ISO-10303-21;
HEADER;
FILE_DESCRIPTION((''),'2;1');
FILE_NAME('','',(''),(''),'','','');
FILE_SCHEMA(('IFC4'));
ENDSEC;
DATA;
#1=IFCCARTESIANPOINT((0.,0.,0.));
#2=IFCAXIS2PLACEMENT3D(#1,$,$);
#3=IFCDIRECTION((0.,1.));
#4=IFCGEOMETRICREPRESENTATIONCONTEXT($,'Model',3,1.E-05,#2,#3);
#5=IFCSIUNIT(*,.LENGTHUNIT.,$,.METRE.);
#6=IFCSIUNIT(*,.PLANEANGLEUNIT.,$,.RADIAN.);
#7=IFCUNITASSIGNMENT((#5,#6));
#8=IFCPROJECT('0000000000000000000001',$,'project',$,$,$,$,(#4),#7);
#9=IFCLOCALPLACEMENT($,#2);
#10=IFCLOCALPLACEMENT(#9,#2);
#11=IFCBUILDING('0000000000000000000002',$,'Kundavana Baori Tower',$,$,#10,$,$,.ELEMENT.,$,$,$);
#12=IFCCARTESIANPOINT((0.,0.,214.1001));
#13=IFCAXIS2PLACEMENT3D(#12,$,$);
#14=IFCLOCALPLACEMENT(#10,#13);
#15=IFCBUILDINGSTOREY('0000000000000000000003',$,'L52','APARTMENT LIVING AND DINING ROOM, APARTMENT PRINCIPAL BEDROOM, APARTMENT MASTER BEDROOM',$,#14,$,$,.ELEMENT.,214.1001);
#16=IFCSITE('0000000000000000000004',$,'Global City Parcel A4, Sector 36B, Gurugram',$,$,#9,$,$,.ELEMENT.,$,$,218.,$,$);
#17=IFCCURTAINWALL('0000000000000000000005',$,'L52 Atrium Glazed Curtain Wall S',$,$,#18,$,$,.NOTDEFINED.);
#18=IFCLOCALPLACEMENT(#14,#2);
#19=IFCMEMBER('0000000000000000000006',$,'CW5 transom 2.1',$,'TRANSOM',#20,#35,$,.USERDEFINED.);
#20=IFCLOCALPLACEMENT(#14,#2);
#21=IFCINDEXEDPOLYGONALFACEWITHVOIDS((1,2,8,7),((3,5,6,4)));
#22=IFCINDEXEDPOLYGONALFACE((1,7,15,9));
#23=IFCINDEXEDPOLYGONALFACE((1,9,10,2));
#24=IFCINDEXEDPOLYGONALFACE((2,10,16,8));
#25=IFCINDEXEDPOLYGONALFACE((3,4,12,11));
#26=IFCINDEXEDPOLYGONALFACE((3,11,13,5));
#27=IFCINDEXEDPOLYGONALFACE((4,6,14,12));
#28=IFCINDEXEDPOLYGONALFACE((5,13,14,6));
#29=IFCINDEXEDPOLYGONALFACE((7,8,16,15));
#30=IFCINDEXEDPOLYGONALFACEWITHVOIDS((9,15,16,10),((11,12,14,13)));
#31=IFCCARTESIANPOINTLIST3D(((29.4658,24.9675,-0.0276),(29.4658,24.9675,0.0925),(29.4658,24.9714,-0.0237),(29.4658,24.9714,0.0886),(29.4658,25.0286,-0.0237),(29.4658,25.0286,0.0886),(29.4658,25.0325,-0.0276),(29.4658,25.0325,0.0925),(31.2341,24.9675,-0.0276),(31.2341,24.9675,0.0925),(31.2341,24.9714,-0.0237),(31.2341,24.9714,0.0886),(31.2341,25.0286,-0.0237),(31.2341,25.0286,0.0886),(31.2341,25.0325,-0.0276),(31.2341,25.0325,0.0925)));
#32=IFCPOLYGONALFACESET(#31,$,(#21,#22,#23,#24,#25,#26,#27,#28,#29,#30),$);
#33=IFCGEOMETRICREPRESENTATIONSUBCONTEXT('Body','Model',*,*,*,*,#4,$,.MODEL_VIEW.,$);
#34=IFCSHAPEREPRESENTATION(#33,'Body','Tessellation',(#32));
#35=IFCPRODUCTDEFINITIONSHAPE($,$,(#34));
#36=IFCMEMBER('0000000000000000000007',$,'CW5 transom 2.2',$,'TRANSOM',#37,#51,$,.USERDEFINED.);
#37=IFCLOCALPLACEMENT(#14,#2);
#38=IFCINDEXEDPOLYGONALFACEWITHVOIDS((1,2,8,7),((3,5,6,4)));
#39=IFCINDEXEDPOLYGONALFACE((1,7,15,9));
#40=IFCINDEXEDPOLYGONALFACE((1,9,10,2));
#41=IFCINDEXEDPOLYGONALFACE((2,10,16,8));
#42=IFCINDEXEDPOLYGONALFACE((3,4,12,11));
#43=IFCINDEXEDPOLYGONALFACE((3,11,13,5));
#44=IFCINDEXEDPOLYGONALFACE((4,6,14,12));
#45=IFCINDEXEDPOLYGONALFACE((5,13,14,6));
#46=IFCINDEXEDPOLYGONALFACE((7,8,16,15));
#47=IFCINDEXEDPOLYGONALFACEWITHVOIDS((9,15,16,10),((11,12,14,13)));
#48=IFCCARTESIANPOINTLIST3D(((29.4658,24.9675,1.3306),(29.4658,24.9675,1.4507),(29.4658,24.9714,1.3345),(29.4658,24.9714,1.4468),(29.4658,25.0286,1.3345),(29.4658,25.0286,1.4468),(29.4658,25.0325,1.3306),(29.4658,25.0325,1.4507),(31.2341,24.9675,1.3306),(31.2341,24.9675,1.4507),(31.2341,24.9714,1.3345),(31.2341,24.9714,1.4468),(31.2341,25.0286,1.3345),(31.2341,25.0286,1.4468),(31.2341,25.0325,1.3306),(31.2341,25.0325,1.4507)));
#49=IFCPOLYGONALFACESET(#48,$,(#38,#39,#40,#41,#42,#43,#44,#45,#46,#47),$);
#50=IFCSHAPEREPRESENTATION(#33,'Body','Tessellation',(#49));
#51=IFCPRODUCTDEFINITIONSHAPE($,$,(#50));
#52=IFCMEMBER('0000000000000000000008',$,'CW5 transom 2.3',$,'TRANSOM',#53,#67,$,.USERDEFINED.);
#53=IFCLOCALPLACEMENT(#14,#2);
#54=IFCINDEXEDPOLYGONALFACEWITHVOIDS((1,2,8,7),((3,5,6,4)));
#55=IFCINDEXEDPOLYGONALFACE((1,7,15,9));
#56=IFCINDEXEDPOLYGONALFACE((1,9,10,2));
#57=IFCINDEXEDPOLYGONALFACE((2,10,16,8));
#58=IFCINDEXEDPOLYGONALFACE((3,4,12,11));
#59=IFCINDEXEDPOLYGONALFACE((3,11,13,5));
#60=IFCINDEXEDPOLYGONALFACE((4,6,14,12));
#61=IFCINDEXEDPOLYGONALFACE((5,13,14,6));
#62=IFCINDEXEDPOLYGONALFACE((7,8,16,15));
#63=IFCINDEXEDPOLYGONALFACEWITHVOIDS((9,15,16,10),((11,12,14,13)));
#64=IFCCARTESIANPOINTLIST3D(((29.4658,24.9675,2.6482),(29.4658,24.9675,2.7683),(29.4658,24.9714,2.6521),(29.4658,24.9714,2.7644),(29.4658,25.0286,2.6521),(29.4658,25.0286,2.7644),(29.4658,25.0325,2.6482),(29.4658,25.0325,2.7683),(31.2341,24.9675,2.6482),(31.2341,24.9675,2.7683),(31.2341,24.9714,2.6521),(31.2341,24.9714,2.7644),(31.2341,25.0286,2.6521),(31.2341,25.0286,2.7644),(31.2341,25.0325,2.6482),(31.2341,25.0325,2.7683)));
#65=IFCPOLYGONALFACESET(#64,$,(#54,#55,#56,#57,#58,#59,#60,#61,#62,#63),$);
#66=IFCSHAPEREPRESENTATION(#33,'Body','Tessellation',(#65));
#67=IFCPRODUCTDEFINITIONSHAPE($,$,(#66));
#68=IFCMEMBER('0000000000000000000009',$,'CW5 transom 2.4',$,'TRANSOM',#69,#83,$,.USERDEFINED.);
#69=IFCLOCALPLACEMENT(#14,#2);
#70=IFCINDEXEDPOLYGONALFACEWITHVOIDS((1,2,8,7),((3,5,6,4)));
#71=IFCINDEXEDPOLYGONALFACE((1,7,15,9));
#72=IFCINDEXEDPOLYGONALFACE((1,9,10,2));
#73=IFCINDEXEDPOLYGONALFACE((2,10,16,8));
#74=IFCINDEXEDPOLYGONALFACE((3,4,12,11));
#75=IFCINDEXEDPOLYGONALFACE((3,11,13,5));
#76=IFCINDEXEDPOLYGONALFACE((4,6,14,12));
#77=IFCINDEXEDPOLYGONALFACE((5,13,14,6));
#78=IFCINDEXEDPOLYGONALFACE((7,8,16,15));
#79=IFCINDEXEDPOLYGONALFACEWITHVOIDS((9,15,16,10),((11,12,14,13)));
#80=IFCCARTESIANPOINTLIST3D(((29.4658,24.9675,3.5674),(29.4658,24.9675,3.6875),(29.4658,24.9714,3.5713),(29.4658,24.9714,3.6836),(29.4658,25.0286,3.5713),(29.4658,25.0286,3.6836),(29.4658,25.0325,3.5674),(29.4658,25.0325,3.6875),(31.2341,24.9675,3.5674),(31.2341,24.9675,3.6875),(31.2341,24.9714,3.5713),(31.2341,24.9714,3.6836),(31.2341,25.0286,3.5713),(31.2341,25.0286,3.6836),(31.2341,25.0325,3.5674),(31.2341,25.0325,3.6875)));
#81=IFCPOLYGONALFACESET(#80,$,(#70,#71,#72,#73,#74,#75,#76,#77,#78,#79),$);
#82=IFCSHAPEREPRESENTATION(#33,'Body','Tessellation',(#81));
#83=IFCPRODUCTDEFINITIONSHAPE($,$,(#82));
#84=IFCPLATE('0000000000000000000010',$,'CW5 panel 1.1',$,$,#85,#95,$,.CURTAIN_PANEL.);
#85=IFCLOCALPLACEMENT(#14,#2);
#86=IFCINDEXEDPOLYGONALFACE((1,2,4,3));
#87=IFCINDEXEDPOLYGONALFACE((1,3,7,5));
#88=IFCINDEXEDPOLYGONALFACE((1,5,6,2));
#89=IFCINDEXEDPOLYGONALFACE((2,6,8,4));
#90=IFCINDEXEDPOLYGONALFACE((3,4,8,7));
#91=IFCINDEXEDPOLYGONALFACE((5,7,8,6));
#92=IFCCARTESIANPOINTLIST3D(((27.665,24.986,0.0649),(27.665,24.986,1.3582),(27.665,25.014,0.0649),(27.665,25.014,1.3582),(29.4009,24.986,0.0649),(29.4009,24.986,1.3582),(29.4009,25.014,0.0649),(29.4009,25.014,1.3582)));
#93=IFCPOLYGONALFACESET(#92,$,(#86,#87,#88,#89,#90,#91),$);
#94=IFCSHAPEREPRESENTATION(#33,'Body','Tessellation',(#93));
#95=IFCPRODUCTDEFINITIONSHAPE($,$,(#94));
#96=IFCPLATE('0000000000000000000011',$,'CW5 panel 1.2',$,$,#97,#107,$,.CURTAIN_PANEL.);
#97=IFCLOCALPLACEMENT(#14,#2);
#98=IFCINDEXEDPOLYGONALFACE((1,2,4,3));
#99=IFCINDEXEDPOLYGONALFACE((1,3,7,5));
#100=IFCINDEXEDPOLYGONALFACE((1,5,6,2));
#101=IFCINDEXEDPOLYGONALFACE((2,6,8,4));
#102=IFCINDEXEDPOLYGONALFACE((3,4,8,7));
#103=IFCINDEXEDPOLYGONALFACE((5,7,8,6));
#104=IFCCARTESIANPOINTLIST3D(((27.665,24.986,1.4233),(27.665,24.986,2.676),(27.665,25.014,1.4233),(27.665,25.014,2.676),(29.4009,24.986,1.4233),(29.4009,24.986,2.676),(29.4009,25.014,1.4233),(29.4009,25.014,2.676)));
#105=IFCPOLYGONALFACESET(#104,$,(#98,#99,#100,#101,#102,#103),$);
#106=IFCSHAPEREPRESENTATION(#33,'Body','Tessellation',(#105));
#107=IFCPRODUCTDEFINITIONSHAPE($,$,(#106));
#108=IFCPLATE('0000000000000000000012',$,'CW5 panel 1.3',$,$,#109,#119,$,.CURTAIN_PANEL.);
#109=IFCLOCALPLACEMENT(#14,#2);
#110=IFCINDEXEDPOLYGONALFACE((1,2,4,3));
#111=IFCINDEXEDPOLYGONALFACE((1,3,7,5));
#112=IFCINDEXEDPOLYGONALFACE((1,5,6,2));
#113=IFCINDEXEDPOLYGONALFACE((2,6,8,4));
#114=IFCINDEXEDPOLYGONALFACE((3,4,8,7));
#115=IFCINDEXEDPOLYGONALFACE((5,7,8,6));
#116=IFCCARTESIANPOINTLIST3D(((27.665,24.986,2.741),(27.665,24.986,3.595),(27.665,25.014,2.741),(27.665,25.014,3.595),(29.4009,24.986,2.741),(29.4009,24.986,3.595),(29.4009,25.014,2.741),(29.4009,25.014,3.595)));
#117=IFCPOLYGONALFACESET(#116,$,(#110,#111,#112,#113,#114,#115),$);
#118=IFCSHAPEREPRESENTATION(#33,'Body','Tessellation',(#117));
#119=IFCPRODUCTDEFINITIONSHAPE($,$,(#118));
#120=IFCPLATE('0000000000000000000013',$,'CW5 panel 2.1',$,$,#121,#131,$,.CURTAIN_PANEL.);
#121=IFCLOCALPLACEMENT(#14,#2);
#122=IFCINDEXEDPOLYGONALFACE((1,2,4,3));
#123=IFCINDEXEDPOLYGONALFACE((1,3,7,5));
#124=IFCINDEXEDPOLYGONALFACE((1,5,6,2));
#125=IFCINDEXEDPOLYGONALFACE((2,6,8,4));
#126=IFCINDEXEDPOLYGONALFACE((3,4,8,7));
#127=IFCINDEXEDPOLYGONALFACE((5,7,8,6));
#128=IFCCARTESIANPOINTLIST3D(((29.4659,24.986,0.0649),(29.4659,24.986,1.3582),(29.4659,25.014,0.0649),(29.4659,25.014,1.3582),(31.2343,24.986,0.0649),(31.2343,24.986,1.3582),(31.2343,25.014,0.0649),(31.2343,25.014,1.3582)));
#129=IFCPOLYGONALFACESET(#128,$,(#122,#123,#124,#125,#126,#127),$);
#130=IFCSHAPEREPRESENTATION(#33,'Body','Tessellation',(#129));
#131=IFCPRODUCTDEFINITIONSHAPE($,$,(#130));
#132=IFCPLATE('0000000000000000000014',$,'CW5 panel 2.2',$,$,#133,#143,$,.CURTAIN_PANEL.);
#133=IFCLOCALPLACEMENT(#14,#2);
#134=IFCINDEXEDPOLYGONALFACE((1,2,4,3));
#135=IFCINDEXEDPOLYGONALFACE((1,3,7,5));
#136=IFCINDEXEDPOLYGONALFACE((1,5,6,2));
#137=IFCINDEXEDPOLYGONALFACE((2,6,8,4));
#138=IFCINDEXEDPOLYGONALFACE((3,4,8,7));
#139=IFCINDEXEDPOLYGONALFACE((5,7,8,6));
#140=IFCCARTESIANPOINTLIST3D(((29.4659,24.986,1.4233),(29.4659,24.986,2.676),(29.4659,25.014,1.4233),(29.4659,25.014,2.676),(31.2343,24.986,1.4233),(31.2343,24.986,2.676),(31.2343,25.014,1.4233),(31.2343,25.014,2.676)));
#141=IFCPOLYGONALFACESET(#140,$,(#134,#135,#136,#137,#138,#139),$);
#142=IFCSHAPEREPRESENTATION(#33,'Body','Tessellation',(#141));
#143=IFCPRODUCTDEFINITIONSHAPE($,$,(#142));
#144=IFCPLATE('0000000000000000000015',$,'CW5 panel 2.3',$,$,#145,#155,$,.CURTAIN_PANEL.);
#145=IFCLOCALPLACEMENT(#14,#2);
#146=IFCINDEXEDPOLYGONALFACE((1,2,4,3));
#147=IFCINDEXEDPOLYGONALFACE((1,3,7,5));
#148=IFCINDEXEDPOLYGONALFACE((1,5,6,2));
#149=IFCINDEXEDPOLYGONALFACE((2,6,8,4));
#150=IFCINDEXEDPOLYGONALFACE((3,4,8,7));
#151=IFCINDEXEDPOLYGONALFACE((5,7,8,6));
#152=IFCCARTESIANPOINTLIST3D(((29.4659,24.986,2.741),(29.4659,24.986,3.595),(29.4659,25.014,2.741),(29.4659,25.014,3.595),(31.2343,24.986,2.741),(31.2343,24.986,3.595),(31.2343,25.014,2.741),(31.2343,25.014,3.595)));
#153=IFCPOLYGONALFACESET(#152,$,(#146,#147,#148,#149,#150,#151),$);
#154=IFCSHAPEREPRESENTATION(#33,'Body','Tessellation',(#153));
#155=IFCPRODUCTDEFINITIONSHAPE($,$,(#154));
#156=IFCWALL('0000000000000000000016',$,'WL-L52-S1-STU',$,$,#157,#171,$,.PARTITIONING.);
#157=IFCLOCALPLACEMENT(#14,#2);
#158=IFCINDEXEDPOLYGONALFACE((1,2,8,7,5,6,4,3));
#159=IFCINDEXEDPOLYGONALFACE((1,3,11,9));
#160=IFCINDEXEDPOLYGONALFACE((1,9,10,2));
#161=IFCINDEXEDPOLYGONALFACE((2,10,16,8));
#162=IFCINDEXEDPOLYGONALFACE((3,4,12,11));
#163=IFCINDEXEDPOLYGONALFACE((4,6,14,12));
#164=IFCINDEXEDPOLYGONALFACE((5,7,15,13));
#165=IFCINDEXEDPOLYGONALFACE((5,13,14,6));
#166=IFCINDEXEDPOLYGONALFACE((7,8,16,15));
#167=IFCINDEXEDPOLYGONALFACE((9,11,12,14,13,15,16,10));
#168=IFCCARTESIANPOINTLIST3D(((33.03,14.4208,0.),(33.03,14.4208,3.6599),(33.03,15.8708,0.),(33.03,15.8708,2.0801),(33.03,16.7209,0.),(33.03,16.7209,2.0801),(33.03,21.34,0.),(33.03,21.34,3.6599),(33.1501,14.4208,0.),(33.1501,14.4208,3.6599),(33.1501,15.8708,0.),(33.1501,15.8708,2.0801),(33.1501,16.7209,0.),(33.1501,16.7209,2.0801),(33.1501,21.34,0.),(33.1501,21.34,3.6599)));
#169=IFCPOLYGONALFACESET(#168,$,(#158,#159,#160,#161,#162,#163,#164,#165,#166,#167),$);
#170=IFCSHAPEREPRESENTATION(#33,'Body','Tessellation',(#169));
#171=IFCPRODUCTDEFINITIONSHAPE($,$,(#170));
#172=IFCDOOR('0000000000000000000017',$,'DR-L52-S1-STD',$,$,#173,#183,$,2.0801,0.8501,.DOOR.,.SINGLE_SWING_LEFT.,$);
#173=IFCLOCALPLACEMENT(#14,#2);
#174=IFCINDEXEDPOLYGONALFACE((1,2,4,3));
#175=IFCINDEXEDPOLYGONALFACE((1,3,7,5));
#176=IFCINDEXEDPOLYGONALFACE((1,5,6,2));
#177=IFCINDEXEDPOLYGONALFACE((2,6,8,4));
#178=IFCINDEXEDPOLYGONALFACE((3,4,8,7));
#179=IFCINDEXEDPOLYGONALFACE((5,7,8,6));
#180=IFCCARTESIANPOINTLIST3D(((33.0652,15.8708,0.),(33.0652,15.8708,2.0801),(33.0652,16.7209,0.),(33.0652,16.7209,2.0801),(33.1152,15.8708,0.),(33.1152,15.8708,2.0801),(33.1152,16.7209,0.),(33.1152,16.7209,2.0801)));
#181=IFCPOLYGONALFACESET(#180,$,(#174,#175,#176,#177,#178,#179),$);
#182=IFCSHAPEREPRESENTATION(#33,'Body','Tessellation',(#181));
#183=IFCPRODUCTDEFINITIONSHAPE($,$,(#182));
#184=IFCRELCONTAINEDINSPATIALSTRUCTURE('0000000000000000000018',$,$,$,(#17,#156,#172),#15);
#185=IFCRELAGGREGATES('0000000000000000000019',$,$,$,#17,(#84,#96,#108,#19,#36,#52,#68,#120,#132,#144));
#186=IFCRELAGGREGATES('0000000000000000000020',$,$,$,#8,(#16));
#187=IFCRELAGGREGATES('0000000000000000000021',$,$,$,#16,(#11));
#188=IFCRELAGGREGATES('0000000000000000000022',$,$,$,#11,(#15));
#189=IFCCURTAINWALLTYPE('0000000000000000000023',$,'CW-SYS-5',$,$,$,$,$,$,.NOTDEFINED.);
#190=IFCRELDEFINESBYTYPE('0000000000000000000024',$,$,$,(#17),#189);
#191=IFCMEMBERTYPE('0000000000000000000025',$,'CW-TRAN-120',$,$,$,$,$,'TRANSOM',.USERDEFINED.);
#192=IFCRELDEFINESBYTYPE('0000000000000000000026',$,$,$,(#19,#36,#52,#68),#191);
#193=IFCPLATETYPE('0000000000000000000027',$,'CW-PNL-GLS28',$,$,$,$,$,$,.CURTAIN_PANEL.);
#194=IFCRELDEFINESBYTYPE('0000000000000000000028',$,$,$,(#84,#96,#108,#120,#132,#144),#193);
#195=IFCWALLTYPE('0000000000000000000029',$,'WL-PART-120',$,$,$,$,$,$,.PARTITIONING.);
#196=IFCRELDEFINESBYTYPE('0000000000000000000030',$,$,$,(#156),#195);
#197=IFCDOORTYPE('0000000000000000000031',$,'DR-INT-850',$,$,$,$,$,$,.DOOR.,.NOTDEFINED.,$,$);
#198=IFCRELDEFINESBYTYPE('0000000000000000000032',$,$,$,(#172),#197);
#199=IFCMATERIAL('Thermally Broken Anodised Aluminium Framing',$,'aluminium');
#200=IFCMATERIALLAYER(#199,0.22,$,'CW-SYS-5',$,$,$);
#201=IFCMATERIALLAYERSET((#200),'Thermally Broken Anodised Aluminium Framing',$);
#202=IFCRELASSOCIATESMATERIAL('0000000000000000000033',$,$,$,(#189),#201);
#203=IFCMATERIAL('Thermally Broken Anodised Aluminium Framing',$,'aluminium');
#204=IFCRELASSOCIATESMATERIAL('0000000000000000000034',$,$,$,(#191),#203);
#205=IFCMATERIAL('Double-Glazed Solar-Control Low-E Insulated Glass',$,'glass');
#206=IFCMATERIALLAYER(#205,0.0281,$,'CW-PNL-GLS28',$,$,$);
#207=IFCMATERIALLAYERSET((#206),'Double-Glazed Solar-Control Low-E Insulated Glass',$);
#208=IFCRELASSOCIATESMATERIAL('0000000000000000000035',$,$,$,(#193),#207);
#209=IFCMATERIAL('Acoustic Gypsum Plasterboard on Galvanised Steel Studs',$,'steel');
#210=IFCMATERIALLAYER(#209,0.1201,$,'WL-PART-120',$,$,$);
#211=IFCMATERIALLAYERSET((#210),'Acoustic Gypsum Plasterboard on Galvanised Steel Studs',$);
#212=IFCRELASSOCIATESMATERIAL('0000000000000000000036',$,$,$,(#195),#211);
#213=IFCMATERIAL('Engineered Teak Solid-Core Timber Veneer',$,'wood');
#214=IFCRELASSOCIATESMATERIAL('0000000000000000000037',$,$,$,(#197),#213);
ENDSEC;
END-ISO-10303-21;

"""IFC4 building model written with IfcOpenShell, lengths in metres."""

from ifc_helpers import new_model, si_unit, direction, frame, frame_2d, origin, origin_2d, place, context, subcontext, project, spatial, rectangle, hollow_rectangle, extrude, material, layer, layer_set, material_profile, profile_set, type_object, element, fill, aggregate, save


model = new_model("IFC4")

# Units and contexts
model_context = context("Model", 3, precision=1e-05, world=origin(), true_north=direction((0.0, 1.0)))
body_context = subcontext(model_context, "Body", "Model", "MODEL_VIEW")
ifc_project = project(units=[si_unit("LENGTHUNIT", "METRE"), si_unit("PLANEANGLEUNIT", "RADIAN")], contexts=[model_context])

# Site, building, storey
site_placement = place(None, origin())
site = spatial("IfcSite", under=ifc_project, at=site_placement, Name="Global City Parcel A4, Sector 36B, Gurugram", CompositionType="ELEMENT", RefElevation=218.0)
building_placement = place(site_placement, origin())
building = spatial("IfcBuilding", under=site, at=building_placement, Name="Kundavana Baori Tower", CompositionType="ELEMENT")
storey_placement = place(building_placement, frame((0.0, 0.0, 214.1001)))
storey = spatial("IfcBuildingStorey", under=building, at=storey_placement, Name="L52", Description="APARTMENT LIVING AND DINING ROOM, APARTMENT PRINCIPAL BEDROOM, APARTMENT MASTER BEDROOM", CompositionType="ELEMENT", Elevation=214.1001)

# Curtain wall, members, plates
ifc_material_1 = material(Name="Thermally Broken Anodised Aluminium Framing", Category="aluminium")
ifc_layer_1 = layer(ifc_material_1, 0.22, Name="CW-SYS-5")
ifc_layer_set_1 = layer_set([ifc_layer_1], Name="Thermally Broken Anodised Aluminium Framing")
curtain_wall_type = type_object("IfcCurtainWallType", Name="CW-SYS-5", PredefinedType="NOTDEFINED", material=ifc_layer_set_1)
curtain_wall_placement = place(storey_placement, origin())
curtain_wall = element("IfcCurtainWall", 1, at=curtain_wall_placement, inside=storey, type_object=curtain_wall_type, Name="L52 Atrium Glazed Curtain Wall S", PredefinedType="NOTDEFINED")
ifc_material_2 = material(Name="Thermally Broken Anodised Aluminium Framing", Category="aluminium")
ifc_material_profile_1 = material_profile(ifc_material_2, hollow_rectangle(XDim=0.0649, YDim=0.1201, WallThickness=0.0039, at=origin_2d()), Name="CW-TRAN-120")
ifc_profile_set_1 = profile_set([ifc_material_profile_1], Name="Thermally Broken Anodised Aluminium Framing")
member_type_1 = type_object("IfcMemberType", Name="CW-TRAN-120", ElementType="TRANSOM", PredefinedType="USERDEFINED", material=ifc_profile_set_1)
member_1_placement = place(storey_placement, frame((29.4658, 25.0, 0.0325), z_axis=(1.0, 0.0, 0.0), x_axis=(0.0, 1.0, 0.0)))
member_1 = element("IfcMember", 2, at=member_1_placement, type_object=member_type_1, Name="CW5 transom 2.1", ObjectType="TRANSOM", PredefinedType="USERDEFINED", context=body_context, shape_type="SweptSolid", body=[
    extrude(hollow_rectangle(XDim=0.0649, YDim=0.1201, WallThickness=0.0039, at=origin_2d()), origin(), (0.0, 0.0, 1.0), 1.7683),
])
member_2_placement = place(storey_placement, frame((29.4658, 25.0, 1.3906), z_axis=(1.0, 0.0, 0.0), x_axis=(0.0, 1.0, 0.0)))
member_2 = element("IfcMember", 3, at=member_2_placement, type_object=member_type_1, Name="CW5 transom 2.2", ObjectType="TRANSOM", PredefinedType="USERDEFINED", context=body_context, shape_type="SweptSolid", body=[
    extrude(hollow_rectangle(XDim=0.0649, YDim=0.1201, WallThickness=0.0039, at=origin_2d()), origin(), (0.0, 0.0, 1.0), 1.7683),
])
member_3_placement = place(storey_placement, frame((29.4658, 25.0, 2.7083), z_axis=(1.0, 0.0, 0.0), x_axis=(0.0, 1.0, 0.0)))
member_3 = element("IfcMember", 4, at=member_3_placement, type_object=member_type_1, Name="CW5 transom 2.3", ObjectType="TRANSOM", PredefinedType="USERDEFINED", context=body_context, shape_type="SweptSolid", body=[
    extrude(hollow_rectangle(XDim=0.0649, YDim=0.1201, WallThickness=0.0039, at=origin_2d()), origin(), (0.0, 0.0, 1.0), 1.7683),
])
member_4_placement = place(storey_placement, frame((29.4658, 25.0, 3.6274), z_axis=(1.0, 0.0, 0.0), x_axis=(0.0, 1.0, 0.0)))
member_4 = element("IfcMember", 5, at=member_4_placement, type_object=member_type_1, Name="CW5 transom 2.4", ObjectType="TRANSOM", PredefinedType="USERDEFINED", context=body_context, shape_type="SweptSolid", body=[
    extrude(hollow_rectangle(XDim=0.0649, YDim=0.1201, WallThickness=0.0039, at=origin_2d()), origin(), (0.0, 0.0, 1.0), 1.7683),
])
ifc_material_3 = material(Name="Double-Glazed Solar-Control Low-E Insulated Glass", Category="glass")
ifc_layer_2 = layer(ifc_material_3, 0.0281, Name="CW-PNL-GLS28")
ifc_layer_set_2 = layer_set([ifc_layer_2], Name="Double-Glazed Solar-Control Low-E Insulated Glass")
plate_type = type_object("IfcPlateType", Name="CW-PNL-GLS28", PredefinedType="CURTAIN_PANEL", material=ifc_layer_set_2)
plate_1_placement = place(storey_placement, frame((28.533, 25.0, 0.0649), z_axis=(0.0, 0.0, 1.0), x_axis=(1.0, 0.0, 0.0)))
plate_1 = element("IfcPlate", 6, at=plate_1_placement, type_object=plate_type, Name="CW5 panel 1.1", PredefinedType="CURTAIN_PANEL", context=body_context, shape_type="SweptSolid", body=[
    extrude(rectangle(XDim=1.7358, YDim=0.0281, at=origin_2d()), origin(), (0.0, 0.0, 1.0), 1.2932),
])
plate_2_placement = place(storey_placement, frame((28.533, 25.0, 1.4233), z_axis=(0.0, 0.0, 1.0), x_axis=(1.0, 0.0, 0.0)))
plate_2 = element("IfcPlate", 7, at=plate_2_placement, type_object=plate_type, Name="CW5 panel 1.2", PredefinedType="CURTAIN_PANEL", context=body_context, shape_type="SweptSolid", body=[
    extrude(rectangle(XDim=1.7358, YDim=0.0281, at=origin_2d()), origin(), (0.0, 0.0, 1.0), 1.2527),
])
plate_3_placement = place(storey_placement, frame((28.533, 25.0, 2.741), z_axis=(0.0, 0.0, 1.0), x_axis=(1.0, 0.0, 0.0)))
plate_3 = element("IfcPlate", 8, at=plate_3_placement, type_object=plate_type, Name="CW5 panel 1.3", PredefinedType="CURTAIN_PANEL", context=body_context, shape_type="SweptSolid", body=[
    extrude(rectangle(XDim=1.7358, YDim=0.0281, at=origin_2d()), origin(), (0.0, 0.0, 1.0), 0.854),
])
plate_4_placement = place(storey_placement, frame((30.3501, 25.0, 0.0649), z_axis=(0.0, 0.0, 1.0), x_axis=(1.0, 0.0, 0.0)))
plate_4 = element("IfcPlate", 9, at=plate_4_placement, type_object=plate_type, Name="CW5 panel 2.1", PredefinedType="CURTAIN_PANEL", context=body_context, shape_type="SweptSolid", body=[
    extrude(rectangle(XDim=1.7683, YDim=0.0281, at=origin_2d()), origin(), (0.0, 0.0, 1.0), 1.2932),
])
plate_5_placement = place(storey_placement, frame((30.3501, 25.0, 1.4233), z_axis=(0.0, 0.0, 1.0), x_axis=(1.0, 0.0, 0.0)))
plate_5 = element("IfcPlate", 10, at=plate_5_placement, type_object=plate_type, Name="CW5 panel 2.2", PredefinedType="CURTAIN_PANEL", context=body_context, shape_type="SweptSolid", body=[
    extrude(rectangle(XDim=1.7683, YDim=0.0281, at=origin_2d()), origin(), (0.0, 0.0, 1.0), 1.2527),
])
plate_6_placement = place(storey_placement, frame((30.3501, 25.0, 2.741), z_axis=(0.0, 0.0, 1.0), x_axis=(1.0, 0.0, 0.0)))
plate_6 = element("IfcPlate", 11, at=plate_6_placement, type_object=plate_type, Name="CW5 panel 2.3", PredefinedType="CURTAIN_PANEL", context=body_context, shape_type="SweptSolid", body=[
    extrude(rectangle(XDim=1.7683, YDim=0.0281, at=origin_2d()), origin(), (0.0, 0.0, 1.0), 0.854),
])
aggregate(curtain_wall, [plate_1, plate_2, plate_3, member_1, member_2, member_3, member_4, plate_4, plate_5, plate_6])

# Wall, opening, door
ifc_material_4 = material(Name="Acoustic Gypsum Plasterboard on Galvanised Steel Studs", Category="steel")
ifc_layer_3 = layer(ifc_material_4, 0.1201, Name="WL-PART-120")
ifc_layer_set_3 = layer_set([ifc_layer_3], Name="Acoustic Gypsum Plasterboard on Galvanised Steel Studs")
wall_type = type_object("IfcWallType", Name="WL-PART-120", PredefinedType="PARTITIONING", material=ifc_layer_set_3)
wall_1_placement = place(storey_placement, frame((33.0901, 14.4209, 0.0), z_axis=(0.0, 0.0, 1.0), x_axis=(0.0, 1.0, 0.0)))
wall_1 = element("IfcWall", 12, at=wall_1_placement, inside=storey, type_object=wall_type, Name="WL-L52-S1-STU", PredefinedType="PARTITIONING", context=body_context, shape_type="SweptSolid", body=[
    extrude(rectangle(XDim=6.9192, YDim=0.1201, at=frame_2d((3.4595, 0.0))), origin(), (0.0, 0.0, 1.0), 3.6599),
])
opening_placement = place(wall_1_placement, frame((1.45, 0.0, 0.0)))
opening = element("IfcOpeningElement", 13, at=opening_placement, cuts=wall_1, PredefinedType="OPENING", context=body_context, shape_type="SweptSolid", body=[
    extrude(rectangle(XDim=0.8501, YDim=2.0801, at=frame_2d((0.425, 1.04))), frame((0.0, 0.0701, 0.0), z_axis=(0.0, -1.0, 0.0), x_axis=(1.0, 0.0, 0.0)), (0.0, 0.0, 1.0), 0.1401),
])
ifc_material_5 = material(Name="Engineered Teak Solid-Core Timber Veneer", Category="wood")
door_type = type_object("IfcDoorType", Name="DR-INT-850", OperationType="NOTDEFINED", PredefinedType="DOOR", material=ifc_material_5)
door_placement = place(opening_placement, origin())
door = element("IfcDoor", 14, at=door_placement, inside=storey, type_object=door_type, Name="DR-L52-S1-STD", OperationType="SINGLE_SWING_LEFT", OverallHeight=2.0801, OverallWidth=0.8501, PredefinedType="DOOR", context=body_context, shape_type="SweptSolid", body=[
    extrude(rectangle(XDim=0.8501, YDim=2.0801, at=frame_2d((0.425, 1.04))), frame((0.0, 0.0249, 0.0), z_axis=(0.0, -1.0, 0.0), x_axis=(1.0, 0.0, 0.0)), (0.0, 0.0, 1.0), 0.05),
])
fill(opening, door)

save(model, "model.ifc")
